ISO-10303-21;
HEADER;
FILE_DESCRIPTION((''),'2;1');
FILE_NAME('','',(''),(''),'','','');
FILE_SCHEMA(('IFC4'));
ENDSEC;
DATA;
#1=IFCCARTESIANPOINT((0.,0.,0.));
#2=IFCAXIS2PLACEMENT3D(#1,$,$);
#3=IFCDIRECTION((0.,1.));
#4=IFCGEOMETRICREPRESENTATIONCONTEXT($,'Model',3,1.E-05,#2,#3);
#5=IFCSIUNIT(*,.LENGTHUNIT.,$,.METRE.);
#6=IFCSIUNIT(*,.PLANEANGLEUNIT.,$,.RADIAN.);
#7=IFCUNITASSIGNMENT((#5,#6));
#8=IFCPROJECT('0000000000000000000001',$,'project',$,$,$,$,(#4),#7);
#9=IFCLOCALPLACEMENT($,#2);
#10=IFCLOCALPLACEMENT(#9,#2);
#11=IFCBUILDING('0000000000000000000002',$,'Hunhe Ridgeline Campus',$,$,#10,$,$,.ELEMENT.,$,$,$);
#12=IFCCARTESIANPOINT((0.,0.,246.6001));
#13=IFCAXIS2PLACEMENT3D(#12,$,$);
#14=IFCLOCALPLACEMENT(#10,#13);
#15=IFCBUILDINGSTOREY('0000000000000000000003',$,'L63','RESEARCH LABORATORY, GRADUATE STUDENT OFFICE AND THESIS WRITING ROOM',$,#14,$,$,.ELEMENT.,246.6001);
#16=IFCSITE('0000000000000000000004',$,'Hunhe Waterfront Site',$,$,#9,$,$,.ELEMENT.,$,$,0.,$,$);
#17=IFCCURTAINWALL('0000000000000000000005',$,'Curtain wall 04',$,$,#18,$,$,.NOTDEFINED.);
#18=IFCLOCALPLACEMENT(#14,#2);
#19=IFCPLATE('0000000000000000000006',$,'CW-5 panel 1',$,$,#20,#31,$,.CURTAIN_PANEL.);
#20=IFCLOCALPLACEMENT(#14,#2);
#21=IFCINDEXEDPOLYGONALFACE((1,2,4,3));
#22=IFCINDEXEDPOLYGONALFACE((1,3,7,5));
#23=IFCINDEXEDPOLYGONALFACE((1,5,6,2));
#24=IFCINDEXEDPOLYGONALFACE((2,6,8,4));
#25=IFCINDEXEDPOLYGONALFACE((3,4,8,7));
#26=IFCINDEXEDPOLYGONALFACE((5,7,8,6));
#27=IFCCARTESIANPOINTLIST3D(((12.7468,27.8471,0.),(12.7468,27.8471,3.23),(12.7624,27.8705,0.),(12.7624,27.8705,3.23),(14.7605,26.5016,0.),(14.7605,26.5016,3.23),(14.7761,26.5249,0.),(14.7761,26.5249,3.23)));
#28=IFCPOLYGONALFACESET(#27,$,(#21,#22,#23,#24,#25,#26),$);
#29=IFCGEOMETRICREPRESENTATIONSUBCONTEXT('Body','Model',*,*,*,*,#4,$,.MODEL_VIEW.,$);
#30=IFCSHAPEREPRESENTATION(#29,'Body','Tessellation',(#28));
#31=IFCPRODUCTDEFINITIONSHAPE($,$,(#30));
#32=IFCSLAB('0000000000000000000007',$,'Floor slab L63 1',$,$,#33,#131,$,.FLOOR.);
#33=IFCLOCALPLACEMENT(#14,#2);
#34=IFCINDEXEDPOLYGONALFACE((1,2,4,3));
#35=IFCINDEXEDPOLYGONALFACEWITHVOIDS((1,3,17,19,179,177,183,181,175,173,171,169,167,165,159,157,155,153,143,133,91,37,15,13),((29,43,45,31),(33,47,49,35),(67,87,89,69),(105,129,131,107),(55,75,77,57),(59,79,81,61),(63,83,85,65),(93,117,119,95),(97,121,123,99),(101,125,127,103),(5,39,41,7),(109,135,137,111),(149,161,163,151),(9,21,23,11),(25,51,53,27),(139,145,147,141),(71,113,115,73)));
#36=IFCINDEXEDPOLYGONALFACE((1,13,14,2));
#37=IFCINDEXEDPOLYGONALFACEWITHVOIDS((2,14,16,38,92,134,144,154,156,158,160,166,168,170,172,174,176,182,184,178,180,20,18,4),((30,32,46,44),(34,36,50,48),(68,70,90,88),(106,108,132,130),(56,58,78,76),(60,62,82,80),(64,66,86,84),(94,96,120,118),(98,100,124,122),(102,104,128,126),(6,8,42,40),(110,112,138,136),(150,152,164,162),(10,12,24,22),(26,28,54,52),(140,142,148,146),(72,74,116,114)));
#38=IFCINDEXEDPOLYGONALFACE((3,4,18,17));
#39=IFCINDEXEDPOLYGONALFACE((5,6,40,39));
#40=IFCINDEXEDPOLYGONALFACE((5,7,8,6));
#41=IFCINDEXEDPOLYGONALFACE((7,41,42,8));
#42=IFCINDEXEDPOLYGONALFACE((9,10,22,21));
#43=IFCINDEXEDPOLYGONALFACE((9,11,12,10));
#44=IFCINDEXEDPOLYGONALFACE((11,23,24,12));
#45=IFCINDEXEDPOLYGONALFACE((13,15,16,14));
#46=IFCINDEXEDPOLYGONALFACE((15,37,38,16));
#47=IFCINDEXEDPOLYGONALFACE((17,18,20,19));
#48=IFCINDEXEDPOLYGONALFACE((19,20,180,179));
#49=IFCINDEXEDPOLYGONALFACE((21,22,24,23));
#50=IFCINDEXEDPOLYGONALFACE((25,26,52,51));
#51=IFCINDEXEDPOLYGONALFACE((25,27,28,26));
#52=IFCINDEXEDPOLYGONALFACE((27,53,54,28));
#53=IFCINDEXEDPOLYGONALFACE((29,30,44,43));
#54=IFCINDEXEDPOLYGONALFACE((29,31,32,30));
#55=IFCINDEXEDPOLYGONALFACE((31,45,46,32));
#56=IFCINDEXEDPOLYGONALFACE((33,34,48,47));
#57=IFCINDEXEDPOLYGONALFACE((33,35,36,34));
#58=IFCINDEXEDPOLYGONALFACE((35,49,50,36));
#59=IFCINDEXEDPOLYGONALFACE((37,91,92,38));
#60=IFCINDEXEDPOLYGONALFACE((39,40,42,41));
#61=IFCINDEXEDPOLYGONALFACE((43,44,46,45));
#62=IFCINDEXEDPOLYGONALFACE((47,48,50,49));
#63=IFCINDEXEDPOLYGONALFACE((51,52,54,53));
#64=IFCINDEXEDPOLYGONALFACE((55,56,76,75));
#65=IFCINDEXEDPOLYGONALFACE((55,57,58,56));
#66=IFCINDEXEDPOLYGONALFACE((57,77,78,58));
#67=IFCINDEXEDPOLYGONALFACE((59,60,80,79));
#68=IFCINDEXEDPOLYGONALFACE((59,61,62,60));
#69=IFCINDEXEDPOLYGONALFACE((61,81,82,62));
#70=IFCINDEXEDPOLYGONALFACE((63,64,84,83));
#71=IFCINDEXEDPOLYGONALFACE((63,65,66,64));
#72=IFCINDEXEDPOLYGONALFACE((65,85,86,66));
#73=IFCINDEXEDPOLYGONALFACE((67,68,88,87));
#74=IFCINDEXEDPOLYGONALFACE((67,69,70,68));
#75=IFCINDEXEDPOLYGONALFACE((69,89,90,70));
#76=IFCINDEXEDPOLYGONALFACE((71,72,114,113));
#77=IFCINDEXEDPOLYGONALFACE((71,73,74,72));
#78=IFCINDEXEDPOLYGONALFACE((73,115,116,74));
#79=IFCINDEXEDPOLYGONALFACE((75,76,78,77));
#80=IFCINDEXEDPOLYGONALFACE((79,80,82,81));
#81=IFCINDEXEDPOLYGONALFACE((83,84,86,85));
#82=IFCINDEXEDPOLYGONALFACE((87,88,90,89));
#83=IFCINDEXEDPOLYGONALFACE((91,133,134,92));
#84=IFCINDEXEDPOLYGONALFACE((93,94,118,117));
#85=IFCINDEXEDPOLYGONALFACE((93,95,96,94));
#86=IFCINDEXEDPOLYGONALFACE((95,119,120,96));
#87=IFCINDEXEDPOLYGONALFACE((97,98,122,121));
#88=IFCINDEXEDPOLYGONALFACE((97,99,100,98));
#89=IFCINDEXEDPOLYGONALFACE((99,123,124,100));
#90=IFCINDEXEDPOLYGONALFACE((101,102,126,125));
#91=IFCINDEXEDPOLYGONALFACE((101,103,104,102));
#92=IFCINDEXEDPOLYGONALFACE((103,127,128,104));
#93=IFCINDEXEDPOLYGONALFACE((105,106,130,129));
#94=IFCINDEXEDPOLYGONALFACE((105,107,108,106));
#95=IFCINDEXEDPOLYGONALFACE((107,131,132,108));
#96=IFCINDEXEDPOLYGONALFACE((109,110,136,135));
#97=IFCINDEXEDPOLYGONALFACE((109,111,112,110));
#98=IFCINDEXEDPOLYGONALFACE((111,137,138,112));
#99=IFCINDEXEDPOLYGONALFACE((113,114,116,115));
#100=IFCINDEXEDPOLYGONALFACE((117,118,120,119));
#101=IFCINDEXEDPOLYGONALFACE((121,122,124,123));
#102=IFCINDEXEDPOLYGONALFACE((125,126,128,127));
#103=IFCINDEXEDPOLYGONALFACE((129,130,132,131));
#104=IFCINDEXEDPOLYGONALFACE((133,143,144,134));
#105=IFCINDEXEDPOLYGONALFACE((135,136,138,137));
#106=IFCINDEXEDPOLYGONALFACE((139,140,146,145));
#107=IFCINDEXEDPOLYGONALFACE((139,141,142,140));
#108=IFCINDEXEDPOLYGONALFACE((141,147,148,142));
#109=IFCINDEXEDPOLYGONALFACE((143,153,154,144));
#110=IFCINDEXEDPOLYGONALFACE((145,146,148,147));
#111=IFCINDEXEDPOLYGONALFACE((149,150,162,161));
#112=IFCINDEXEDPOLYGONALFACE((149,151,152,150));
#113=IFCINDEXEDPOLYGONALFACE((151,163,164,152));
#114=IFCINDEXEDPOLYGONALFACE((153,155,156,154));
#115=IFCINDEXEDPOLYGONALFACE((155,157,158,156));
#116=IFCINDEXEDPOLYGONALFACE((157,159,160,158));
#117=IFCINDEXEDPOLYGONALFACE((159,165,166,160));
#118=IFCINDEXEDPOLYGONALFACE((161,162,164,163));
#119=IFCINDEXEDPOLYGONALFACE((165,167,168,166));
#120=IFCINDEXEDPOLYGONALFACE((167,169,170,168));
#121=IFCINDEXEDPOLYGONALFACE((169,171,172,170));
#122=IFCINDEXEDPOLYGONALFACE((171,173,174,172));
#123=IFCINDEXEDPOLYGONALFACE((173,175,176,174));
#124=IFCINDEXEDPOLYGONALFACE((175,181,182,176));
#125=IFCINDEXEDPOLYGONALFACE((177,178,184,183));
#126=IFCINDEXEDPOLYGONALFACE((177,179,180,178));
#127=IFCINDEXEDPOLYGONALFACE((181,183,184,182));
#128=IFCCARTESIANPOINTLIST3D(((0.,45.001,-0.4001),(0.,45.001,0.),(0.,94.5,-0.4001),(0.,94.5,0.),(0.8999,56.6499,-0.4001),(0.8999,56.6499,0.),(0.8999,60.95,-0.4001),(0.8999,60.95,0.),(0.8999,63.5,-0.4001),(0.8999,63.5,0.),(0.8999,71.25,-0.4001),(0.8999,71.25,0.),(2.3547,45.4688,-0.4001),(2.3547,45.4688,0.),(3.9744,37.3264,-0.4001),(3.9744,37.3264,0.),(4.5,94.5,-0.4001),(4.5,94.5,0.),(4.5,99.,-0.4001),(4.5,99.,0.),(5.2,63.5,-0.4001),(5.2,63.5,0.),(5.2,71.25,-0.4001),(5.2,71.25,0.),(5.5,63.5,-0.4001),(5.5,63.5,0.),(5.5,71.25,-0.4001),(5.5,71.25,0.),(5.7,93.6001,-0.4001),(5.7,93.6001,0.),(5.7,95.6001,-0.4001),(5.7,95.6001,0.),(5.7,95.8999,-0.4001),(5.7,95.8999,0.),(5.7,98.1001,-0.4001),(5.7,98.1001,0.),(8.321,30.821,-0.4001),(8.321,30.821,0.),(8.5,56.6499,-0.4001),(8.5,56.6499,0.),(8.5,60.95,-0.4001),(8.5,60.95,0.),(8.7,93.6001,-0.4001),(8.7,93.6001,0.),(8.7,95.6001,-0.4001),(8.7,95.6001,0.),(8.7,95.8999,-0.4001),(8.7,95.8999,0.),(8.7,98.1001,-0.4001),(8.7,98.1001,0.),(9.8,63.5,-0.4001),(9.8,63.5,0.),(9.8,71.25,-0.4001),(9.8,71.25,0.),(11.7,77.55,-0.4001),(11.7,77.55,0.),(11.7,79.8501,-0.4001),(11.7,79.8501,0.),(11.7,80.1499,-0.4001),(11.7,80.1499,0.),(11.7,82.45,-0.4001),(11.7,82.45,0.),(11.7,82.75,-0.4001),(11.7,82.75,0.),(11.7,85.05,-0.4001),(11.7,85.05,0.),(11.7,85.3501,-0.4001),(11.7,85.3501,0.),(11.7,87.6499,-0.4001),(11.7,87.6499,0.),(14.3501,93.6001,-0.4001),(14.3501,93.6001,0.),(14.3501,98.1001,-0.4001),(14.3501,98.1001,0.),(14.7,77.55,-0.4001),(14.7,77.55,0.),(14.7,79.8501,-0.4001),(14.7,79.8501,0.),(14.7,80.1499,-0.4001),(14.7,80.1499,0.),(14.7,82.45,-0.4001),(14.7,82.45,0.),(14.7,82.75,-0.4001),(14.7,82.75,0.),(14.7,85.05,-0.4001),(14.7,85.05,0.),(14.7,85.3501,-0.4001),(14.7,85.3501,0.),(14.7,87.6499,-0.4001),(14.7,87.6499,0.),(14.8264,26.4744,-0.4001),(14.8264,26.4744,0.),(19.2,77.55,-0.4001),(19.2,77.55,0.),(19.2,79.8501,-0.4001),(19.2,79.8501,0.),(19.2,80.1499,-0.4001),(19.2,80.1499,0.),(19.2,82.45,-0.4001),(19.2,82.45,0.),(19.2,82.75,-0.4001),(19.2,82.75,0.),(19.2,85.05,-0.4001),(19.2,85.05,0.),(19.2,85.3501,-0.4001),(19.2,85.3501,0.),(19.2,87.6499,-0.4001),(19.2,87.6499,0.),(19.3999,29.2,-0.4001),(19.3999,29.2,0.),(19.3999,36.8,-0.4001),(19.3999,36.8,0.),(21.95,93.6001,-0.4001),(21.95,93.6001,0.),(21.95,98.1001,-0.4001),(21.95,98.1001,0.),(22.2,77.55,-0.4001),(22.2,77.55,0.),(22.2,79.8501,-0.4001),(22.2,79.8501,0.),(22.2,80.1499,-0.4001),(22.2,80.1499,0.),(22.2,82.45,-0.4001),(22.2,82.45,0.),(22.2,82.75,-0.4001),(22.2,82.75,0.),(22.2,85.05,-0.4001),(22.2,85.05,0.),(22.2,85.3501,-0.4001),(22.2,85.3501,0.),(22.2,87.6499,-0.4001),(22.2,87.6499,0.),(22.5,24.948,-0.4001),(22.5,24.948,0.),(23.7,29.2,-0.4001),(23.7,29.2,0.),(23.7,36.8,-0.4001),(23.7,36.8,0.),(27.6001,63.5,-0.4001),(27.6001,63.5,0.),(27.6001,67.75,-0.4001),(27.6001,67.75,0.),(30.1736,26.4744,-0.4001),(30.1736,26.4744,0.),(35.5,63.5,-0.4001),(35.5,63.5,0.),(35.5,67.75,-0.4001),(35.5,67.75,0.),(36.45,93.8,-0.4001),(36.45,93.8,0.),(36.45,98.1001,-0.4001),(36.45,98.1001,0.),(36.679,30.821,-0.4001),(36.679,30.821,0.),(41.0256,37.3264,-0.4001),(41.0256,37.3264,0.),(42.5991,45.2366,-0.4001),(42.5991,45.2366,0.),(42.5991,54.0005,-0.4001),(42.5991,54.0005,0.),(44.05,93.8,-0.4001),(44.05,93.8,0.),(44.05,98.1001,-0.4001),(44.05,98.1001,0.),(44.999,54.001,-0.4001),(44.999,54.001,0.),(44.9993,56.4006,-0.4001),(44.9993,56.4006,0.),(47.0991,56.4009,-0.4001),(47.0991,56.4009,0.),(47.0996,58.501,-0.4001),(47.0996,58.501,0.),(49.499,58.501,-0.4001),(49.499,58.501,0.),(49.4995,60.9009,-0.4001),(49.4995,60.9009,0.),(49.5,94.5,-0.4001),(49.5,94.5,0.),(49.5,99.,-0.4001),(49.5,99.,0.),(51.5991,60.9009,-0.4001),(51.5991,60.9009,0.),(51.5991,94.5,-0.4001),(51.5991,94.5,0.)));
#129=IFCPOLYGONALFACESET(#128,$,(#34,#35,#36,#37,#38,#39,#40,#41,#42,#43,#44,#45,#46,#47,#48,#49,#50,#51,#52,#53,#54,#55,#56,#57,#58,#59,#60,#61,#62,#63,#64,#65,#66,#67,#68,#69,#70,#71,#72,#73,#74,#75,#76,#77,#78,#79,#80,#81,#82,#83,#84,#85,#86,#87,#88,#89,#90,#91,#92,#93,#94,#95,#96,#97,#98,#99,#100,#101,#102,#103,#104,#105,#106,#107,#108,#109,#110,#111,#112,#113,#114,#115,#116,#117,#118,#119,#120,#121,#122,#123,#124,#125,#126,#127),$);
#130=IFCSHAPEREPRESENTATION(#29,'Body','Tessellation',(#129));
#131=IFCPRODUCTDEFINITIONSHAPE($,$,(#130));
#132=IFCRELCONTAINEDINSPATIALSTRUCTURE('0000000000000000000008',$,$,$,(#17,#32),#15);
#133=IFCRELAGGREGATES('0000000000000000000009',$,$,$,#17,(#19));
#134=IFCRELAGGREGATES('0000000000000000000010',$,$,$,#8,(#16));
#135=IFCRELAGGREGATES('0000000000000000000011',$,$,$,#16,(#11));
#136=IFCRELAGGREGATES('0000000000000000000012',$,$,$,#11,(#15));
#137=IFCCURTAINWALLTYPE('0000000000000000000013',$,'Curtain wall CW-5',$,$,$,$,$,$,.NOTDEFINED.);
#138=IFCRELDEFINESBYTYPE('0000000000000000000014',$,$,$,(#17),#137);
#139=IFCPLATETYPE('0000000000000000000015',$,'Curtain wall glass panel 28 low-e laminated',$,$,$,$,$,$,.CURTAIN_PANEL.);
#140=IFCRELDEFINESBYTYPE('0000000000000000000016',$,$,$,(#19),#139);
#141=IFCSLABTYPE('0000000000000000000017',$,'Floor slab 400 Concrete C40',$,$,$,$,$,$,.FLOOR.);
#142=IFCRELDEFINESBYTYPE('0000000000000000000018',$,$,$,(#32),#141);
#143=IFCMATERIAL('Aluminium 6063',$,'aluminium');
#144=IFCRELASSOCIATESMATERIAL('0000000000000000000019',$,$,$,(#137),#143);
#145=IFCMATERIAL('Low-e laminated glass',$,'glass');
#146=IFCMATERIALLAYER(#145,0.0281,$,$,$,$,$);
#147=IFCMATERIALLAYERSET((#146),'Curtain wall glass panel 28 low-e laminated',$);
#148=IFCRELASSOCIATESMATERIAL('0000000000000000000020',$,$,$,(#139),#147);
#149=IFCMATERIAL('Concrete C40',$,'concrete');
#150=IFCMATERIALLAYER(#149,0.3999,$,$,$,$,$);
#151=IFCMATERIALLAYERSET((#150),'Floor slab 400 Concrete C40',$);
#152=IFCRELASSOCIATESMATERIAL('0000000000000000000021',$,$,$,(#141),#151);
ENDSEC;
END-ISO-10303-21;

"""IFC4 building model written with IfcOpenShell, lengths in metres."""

from ifc_helpers import new_model, si_unit, direction, frame, origin, origin_2d, place, context, subcontext, project, spatial, polyline, rectangle, outline, extrude, material, layer, layer_set, type_object, element, aggregate, save


model = new_model("IFC4")

# Units and contexts
model_context = context("Model", 3, precision=1e-05, world=origin(), true_north=direction((0.0, 1.0)))
body_context = subcontext(model_context, "Body", "Model", "MODEL_VIEW")
ifc_project = project(units=[si_unit("LENGTHUNIT", "METRE"), si_unit("PLANEANGLEUNIT", "RADIAN")], contexts=[model_context])

# Site, building, storey
site_placement = place(None, origin())
site = spatial("IfcSite", under=ifc_project, at=site_placement, Name="Hunhe Waterfront Site", CompositionType="ELEMENT", RefElevation=0.0)
building_placement = place(site_placement, origin())
building = spatial("IfcBuilding", under=site, at=building_placement, Name="Hunhe Ridgeline Campus", CompositionType="ELEMENT")
storey_placement = place(building_placement, frame((0.0, 0.0, 246.6001)))
storey = spatial("IfcBuildingStorey", under=building, at=storey_placement, Name="L63", Description="RESEARCH LABORATORY, GRADUATE STUDENT OFFICE AND THESIS WRITING ROOM", CompositionType="ELEMENT", Elevation=246.6001)

# Shared definitions
ifc_material_1 = material(Name="Aluminium 6063", Category="aluminium")
curtain_wall_type = type_object("IfcCurtainWallType", Name="Curtain wall CW-5", PredefinedType="NOTDEFINED", material=ifc_material_1)

# Curtain wall
curtain_wall_1_placement = place(storey_placement, origin())
curtain_wall_1 = element("IfcCurtainWall", 1, at=curtain_wall_1_placement, inside=storey, type_object=curtain_wall_type, Name="Curtain wall 04", PredefinedType="NOTDEFINED")

# Plate
ifc_material_2 = material(Name="Low-e laminated glass", Category="glass")
ifc_layer_1 = layer(ifc_material_2, 0.0281)
ifc_layer_set_1 = layer_set([ifc_layer_1], Name="Curtain wall glass panel 28 low-e laminated")
plate_type = type_object("IfcPlateType", Name="Curtain wall glass panel 28 low-e laminated", PredefinedType="CURTAIN_PANEL", material=ifc_layer_set_1)
plate_1_placement = place(storey_placement, frame((13.7615, 27.186, 0.0), z_axis=(0.0, 0.0, 1.0), x_axis=(0.83147, -0.55557, 0.0)))
plate_1 = element("IfcPlate", 2, at=plate_1_placement, type_object=plate_type, Name="CW-5 panel 1", PredefinedType="CURTAIN_PANEL", context=body_context, shape_type="SweptSolid", body=[
    extrude(rectangle(XDim=2.4219, YDim=0.0281, at=origin_2d()), origin(), (0.0, 0.0, 1.0), 3.23),
])
aggregate(curtain_wall_1, [plate_1])

# Slab
ifc_material_3 = material(Name="Concrete C40", Category="concrete")
ifc_layer_2 = layer(ifc_material_3, 0.3999)
ifc_layer_set_2 = layer_set([ifc_layer_2], Name="Floor slab 400 Concrete C40")
slab_type_1 = type_object("IfcSlabType", Name="Floor slab 400 Concrete C40", PredefinedType="FLOOR", material=ifc_layer_set_2)
slab_1_placement = place(storey_placement, frame((0.0, 0.0, -0.4001)))
element("IfcSlab", 3, at=slab_1_placement, inside=storey, type_object=slab_type_1, Name="Floor slab L63 1", PredefinedType="FLOOR", context=body_context, shape_type="SweptSolid", body=[
    extrude(outline(polyline([(36.679, 30.821), (41.0256, 37.3264), (42.5991, 45.2366), (42.5991, 54.0005), (44.999, 54.001), (44.9993, 56.4006), (47.0991, 56.4009), (47.0996, 58.501), (49.499, 58.501), (49.4995, 60.9009), (51.5991, 60.9009), (51.5991, 94.5), (49.5, 94.5), (49.5, 99.0), (4.5, 99.0), (4.5, 94.5), (0.0, 94.5), (0.0, 45.001), (2.3547, 45.4688), (3.9744, 37.3264), (8.321, 30.821), (14.8264, 26.4744), (22.5, 24.948), (30.1736, 26.4744), (36.679, 30.821)]), holes=[polyline([(36.45, 98.1001), (36.45, 93.8), (44.05, 93.8), (44.05, 98.1001), (36.45, 98.1001)]), polyline([(27.6001, 63.5), (35.5, 63.5), (35.5, 67.75), (27.6001, 67.75), (27.6001, 63.5)]), polyline([(19.3999, 36.8), (19.3999, 29.2), (23.7, 29.2), (23.7, 36.8), (19.3999, 36.8)]), polyline([(22.2, 87.6499), (19.2, 87.6499), (19.2, 85.3501), (22.2, 85.3501), (22.2, 87.6499)]), polyline([(22.2, 77.55), (22.2, 79.8501), (19.2, 79.8501), (19.2, 77.55), (22.2, 77.55)]), polyline([(19.2, 85.05), (19.2, 82.75), (22.2, 82.75), (22.2, 85.05), (19.2, 85.05)]), polyline([(19.2, 80.1499), (22.2, 80.1499), (22.2, 82.45), (19.2, 82.45), (19.2, 80.1499)]), polyline([(14.3501, 98.1001), (14.3501, 93.6001), (21.95, 93.6001), (21.95, 98.1001), (14.3501, 98.1001)]), polyline([(14.7, 87.6499), (11.7, 87.6499), (11.7, 85.3501), (14.7, 85.3501), (14.7, 87.6499)]), polyline([(14.7, 77.55), (14.7, 79.8501), (11.7, 79.8501), (11.7, 77.55), (14.7, 77.55)]), polyline([(11.7, 85.05), (11.7, 82.75), (14.7, 82.75), (14.7, 85.05), (11.7, 85.05)]), polyline([(11.7, 80.1499), (14.7, 80.1499), (14.7, 82.45), (11.7, 82.45), (11.7, 80.1499)]), polyline([(9.8, 63.5), (9.8, 71.25), (5.5, 71.25), (5.5, 63.5), (9.8, 63.5)]), polyline([(8.7, 93.6001), (8.7, 95.6001), (5.7, 95.6001), (5.7, 93.6001), (8.7, 93.6001)]), polyline([(5.7, 95.8999), (8.7, 95.8999), (8.7, 98.1001), (5.7, 98.1001), (5.7, 95.8999)]), polyline([(0.8999, 60.95), (0.8999, 56.6499), (8.5, 56.6499), (8.5, 60.95), (0.8999, 60.95)]), polyline([(5.2, 71.25), (0.8999, 71.25), (0.8999, 63.5), (5.2, 63.5), (5.2, 71.25)])]), origin(), (0.0, 0.0, 1.0), 0.4001),
])

save(model, "model.ifc")
